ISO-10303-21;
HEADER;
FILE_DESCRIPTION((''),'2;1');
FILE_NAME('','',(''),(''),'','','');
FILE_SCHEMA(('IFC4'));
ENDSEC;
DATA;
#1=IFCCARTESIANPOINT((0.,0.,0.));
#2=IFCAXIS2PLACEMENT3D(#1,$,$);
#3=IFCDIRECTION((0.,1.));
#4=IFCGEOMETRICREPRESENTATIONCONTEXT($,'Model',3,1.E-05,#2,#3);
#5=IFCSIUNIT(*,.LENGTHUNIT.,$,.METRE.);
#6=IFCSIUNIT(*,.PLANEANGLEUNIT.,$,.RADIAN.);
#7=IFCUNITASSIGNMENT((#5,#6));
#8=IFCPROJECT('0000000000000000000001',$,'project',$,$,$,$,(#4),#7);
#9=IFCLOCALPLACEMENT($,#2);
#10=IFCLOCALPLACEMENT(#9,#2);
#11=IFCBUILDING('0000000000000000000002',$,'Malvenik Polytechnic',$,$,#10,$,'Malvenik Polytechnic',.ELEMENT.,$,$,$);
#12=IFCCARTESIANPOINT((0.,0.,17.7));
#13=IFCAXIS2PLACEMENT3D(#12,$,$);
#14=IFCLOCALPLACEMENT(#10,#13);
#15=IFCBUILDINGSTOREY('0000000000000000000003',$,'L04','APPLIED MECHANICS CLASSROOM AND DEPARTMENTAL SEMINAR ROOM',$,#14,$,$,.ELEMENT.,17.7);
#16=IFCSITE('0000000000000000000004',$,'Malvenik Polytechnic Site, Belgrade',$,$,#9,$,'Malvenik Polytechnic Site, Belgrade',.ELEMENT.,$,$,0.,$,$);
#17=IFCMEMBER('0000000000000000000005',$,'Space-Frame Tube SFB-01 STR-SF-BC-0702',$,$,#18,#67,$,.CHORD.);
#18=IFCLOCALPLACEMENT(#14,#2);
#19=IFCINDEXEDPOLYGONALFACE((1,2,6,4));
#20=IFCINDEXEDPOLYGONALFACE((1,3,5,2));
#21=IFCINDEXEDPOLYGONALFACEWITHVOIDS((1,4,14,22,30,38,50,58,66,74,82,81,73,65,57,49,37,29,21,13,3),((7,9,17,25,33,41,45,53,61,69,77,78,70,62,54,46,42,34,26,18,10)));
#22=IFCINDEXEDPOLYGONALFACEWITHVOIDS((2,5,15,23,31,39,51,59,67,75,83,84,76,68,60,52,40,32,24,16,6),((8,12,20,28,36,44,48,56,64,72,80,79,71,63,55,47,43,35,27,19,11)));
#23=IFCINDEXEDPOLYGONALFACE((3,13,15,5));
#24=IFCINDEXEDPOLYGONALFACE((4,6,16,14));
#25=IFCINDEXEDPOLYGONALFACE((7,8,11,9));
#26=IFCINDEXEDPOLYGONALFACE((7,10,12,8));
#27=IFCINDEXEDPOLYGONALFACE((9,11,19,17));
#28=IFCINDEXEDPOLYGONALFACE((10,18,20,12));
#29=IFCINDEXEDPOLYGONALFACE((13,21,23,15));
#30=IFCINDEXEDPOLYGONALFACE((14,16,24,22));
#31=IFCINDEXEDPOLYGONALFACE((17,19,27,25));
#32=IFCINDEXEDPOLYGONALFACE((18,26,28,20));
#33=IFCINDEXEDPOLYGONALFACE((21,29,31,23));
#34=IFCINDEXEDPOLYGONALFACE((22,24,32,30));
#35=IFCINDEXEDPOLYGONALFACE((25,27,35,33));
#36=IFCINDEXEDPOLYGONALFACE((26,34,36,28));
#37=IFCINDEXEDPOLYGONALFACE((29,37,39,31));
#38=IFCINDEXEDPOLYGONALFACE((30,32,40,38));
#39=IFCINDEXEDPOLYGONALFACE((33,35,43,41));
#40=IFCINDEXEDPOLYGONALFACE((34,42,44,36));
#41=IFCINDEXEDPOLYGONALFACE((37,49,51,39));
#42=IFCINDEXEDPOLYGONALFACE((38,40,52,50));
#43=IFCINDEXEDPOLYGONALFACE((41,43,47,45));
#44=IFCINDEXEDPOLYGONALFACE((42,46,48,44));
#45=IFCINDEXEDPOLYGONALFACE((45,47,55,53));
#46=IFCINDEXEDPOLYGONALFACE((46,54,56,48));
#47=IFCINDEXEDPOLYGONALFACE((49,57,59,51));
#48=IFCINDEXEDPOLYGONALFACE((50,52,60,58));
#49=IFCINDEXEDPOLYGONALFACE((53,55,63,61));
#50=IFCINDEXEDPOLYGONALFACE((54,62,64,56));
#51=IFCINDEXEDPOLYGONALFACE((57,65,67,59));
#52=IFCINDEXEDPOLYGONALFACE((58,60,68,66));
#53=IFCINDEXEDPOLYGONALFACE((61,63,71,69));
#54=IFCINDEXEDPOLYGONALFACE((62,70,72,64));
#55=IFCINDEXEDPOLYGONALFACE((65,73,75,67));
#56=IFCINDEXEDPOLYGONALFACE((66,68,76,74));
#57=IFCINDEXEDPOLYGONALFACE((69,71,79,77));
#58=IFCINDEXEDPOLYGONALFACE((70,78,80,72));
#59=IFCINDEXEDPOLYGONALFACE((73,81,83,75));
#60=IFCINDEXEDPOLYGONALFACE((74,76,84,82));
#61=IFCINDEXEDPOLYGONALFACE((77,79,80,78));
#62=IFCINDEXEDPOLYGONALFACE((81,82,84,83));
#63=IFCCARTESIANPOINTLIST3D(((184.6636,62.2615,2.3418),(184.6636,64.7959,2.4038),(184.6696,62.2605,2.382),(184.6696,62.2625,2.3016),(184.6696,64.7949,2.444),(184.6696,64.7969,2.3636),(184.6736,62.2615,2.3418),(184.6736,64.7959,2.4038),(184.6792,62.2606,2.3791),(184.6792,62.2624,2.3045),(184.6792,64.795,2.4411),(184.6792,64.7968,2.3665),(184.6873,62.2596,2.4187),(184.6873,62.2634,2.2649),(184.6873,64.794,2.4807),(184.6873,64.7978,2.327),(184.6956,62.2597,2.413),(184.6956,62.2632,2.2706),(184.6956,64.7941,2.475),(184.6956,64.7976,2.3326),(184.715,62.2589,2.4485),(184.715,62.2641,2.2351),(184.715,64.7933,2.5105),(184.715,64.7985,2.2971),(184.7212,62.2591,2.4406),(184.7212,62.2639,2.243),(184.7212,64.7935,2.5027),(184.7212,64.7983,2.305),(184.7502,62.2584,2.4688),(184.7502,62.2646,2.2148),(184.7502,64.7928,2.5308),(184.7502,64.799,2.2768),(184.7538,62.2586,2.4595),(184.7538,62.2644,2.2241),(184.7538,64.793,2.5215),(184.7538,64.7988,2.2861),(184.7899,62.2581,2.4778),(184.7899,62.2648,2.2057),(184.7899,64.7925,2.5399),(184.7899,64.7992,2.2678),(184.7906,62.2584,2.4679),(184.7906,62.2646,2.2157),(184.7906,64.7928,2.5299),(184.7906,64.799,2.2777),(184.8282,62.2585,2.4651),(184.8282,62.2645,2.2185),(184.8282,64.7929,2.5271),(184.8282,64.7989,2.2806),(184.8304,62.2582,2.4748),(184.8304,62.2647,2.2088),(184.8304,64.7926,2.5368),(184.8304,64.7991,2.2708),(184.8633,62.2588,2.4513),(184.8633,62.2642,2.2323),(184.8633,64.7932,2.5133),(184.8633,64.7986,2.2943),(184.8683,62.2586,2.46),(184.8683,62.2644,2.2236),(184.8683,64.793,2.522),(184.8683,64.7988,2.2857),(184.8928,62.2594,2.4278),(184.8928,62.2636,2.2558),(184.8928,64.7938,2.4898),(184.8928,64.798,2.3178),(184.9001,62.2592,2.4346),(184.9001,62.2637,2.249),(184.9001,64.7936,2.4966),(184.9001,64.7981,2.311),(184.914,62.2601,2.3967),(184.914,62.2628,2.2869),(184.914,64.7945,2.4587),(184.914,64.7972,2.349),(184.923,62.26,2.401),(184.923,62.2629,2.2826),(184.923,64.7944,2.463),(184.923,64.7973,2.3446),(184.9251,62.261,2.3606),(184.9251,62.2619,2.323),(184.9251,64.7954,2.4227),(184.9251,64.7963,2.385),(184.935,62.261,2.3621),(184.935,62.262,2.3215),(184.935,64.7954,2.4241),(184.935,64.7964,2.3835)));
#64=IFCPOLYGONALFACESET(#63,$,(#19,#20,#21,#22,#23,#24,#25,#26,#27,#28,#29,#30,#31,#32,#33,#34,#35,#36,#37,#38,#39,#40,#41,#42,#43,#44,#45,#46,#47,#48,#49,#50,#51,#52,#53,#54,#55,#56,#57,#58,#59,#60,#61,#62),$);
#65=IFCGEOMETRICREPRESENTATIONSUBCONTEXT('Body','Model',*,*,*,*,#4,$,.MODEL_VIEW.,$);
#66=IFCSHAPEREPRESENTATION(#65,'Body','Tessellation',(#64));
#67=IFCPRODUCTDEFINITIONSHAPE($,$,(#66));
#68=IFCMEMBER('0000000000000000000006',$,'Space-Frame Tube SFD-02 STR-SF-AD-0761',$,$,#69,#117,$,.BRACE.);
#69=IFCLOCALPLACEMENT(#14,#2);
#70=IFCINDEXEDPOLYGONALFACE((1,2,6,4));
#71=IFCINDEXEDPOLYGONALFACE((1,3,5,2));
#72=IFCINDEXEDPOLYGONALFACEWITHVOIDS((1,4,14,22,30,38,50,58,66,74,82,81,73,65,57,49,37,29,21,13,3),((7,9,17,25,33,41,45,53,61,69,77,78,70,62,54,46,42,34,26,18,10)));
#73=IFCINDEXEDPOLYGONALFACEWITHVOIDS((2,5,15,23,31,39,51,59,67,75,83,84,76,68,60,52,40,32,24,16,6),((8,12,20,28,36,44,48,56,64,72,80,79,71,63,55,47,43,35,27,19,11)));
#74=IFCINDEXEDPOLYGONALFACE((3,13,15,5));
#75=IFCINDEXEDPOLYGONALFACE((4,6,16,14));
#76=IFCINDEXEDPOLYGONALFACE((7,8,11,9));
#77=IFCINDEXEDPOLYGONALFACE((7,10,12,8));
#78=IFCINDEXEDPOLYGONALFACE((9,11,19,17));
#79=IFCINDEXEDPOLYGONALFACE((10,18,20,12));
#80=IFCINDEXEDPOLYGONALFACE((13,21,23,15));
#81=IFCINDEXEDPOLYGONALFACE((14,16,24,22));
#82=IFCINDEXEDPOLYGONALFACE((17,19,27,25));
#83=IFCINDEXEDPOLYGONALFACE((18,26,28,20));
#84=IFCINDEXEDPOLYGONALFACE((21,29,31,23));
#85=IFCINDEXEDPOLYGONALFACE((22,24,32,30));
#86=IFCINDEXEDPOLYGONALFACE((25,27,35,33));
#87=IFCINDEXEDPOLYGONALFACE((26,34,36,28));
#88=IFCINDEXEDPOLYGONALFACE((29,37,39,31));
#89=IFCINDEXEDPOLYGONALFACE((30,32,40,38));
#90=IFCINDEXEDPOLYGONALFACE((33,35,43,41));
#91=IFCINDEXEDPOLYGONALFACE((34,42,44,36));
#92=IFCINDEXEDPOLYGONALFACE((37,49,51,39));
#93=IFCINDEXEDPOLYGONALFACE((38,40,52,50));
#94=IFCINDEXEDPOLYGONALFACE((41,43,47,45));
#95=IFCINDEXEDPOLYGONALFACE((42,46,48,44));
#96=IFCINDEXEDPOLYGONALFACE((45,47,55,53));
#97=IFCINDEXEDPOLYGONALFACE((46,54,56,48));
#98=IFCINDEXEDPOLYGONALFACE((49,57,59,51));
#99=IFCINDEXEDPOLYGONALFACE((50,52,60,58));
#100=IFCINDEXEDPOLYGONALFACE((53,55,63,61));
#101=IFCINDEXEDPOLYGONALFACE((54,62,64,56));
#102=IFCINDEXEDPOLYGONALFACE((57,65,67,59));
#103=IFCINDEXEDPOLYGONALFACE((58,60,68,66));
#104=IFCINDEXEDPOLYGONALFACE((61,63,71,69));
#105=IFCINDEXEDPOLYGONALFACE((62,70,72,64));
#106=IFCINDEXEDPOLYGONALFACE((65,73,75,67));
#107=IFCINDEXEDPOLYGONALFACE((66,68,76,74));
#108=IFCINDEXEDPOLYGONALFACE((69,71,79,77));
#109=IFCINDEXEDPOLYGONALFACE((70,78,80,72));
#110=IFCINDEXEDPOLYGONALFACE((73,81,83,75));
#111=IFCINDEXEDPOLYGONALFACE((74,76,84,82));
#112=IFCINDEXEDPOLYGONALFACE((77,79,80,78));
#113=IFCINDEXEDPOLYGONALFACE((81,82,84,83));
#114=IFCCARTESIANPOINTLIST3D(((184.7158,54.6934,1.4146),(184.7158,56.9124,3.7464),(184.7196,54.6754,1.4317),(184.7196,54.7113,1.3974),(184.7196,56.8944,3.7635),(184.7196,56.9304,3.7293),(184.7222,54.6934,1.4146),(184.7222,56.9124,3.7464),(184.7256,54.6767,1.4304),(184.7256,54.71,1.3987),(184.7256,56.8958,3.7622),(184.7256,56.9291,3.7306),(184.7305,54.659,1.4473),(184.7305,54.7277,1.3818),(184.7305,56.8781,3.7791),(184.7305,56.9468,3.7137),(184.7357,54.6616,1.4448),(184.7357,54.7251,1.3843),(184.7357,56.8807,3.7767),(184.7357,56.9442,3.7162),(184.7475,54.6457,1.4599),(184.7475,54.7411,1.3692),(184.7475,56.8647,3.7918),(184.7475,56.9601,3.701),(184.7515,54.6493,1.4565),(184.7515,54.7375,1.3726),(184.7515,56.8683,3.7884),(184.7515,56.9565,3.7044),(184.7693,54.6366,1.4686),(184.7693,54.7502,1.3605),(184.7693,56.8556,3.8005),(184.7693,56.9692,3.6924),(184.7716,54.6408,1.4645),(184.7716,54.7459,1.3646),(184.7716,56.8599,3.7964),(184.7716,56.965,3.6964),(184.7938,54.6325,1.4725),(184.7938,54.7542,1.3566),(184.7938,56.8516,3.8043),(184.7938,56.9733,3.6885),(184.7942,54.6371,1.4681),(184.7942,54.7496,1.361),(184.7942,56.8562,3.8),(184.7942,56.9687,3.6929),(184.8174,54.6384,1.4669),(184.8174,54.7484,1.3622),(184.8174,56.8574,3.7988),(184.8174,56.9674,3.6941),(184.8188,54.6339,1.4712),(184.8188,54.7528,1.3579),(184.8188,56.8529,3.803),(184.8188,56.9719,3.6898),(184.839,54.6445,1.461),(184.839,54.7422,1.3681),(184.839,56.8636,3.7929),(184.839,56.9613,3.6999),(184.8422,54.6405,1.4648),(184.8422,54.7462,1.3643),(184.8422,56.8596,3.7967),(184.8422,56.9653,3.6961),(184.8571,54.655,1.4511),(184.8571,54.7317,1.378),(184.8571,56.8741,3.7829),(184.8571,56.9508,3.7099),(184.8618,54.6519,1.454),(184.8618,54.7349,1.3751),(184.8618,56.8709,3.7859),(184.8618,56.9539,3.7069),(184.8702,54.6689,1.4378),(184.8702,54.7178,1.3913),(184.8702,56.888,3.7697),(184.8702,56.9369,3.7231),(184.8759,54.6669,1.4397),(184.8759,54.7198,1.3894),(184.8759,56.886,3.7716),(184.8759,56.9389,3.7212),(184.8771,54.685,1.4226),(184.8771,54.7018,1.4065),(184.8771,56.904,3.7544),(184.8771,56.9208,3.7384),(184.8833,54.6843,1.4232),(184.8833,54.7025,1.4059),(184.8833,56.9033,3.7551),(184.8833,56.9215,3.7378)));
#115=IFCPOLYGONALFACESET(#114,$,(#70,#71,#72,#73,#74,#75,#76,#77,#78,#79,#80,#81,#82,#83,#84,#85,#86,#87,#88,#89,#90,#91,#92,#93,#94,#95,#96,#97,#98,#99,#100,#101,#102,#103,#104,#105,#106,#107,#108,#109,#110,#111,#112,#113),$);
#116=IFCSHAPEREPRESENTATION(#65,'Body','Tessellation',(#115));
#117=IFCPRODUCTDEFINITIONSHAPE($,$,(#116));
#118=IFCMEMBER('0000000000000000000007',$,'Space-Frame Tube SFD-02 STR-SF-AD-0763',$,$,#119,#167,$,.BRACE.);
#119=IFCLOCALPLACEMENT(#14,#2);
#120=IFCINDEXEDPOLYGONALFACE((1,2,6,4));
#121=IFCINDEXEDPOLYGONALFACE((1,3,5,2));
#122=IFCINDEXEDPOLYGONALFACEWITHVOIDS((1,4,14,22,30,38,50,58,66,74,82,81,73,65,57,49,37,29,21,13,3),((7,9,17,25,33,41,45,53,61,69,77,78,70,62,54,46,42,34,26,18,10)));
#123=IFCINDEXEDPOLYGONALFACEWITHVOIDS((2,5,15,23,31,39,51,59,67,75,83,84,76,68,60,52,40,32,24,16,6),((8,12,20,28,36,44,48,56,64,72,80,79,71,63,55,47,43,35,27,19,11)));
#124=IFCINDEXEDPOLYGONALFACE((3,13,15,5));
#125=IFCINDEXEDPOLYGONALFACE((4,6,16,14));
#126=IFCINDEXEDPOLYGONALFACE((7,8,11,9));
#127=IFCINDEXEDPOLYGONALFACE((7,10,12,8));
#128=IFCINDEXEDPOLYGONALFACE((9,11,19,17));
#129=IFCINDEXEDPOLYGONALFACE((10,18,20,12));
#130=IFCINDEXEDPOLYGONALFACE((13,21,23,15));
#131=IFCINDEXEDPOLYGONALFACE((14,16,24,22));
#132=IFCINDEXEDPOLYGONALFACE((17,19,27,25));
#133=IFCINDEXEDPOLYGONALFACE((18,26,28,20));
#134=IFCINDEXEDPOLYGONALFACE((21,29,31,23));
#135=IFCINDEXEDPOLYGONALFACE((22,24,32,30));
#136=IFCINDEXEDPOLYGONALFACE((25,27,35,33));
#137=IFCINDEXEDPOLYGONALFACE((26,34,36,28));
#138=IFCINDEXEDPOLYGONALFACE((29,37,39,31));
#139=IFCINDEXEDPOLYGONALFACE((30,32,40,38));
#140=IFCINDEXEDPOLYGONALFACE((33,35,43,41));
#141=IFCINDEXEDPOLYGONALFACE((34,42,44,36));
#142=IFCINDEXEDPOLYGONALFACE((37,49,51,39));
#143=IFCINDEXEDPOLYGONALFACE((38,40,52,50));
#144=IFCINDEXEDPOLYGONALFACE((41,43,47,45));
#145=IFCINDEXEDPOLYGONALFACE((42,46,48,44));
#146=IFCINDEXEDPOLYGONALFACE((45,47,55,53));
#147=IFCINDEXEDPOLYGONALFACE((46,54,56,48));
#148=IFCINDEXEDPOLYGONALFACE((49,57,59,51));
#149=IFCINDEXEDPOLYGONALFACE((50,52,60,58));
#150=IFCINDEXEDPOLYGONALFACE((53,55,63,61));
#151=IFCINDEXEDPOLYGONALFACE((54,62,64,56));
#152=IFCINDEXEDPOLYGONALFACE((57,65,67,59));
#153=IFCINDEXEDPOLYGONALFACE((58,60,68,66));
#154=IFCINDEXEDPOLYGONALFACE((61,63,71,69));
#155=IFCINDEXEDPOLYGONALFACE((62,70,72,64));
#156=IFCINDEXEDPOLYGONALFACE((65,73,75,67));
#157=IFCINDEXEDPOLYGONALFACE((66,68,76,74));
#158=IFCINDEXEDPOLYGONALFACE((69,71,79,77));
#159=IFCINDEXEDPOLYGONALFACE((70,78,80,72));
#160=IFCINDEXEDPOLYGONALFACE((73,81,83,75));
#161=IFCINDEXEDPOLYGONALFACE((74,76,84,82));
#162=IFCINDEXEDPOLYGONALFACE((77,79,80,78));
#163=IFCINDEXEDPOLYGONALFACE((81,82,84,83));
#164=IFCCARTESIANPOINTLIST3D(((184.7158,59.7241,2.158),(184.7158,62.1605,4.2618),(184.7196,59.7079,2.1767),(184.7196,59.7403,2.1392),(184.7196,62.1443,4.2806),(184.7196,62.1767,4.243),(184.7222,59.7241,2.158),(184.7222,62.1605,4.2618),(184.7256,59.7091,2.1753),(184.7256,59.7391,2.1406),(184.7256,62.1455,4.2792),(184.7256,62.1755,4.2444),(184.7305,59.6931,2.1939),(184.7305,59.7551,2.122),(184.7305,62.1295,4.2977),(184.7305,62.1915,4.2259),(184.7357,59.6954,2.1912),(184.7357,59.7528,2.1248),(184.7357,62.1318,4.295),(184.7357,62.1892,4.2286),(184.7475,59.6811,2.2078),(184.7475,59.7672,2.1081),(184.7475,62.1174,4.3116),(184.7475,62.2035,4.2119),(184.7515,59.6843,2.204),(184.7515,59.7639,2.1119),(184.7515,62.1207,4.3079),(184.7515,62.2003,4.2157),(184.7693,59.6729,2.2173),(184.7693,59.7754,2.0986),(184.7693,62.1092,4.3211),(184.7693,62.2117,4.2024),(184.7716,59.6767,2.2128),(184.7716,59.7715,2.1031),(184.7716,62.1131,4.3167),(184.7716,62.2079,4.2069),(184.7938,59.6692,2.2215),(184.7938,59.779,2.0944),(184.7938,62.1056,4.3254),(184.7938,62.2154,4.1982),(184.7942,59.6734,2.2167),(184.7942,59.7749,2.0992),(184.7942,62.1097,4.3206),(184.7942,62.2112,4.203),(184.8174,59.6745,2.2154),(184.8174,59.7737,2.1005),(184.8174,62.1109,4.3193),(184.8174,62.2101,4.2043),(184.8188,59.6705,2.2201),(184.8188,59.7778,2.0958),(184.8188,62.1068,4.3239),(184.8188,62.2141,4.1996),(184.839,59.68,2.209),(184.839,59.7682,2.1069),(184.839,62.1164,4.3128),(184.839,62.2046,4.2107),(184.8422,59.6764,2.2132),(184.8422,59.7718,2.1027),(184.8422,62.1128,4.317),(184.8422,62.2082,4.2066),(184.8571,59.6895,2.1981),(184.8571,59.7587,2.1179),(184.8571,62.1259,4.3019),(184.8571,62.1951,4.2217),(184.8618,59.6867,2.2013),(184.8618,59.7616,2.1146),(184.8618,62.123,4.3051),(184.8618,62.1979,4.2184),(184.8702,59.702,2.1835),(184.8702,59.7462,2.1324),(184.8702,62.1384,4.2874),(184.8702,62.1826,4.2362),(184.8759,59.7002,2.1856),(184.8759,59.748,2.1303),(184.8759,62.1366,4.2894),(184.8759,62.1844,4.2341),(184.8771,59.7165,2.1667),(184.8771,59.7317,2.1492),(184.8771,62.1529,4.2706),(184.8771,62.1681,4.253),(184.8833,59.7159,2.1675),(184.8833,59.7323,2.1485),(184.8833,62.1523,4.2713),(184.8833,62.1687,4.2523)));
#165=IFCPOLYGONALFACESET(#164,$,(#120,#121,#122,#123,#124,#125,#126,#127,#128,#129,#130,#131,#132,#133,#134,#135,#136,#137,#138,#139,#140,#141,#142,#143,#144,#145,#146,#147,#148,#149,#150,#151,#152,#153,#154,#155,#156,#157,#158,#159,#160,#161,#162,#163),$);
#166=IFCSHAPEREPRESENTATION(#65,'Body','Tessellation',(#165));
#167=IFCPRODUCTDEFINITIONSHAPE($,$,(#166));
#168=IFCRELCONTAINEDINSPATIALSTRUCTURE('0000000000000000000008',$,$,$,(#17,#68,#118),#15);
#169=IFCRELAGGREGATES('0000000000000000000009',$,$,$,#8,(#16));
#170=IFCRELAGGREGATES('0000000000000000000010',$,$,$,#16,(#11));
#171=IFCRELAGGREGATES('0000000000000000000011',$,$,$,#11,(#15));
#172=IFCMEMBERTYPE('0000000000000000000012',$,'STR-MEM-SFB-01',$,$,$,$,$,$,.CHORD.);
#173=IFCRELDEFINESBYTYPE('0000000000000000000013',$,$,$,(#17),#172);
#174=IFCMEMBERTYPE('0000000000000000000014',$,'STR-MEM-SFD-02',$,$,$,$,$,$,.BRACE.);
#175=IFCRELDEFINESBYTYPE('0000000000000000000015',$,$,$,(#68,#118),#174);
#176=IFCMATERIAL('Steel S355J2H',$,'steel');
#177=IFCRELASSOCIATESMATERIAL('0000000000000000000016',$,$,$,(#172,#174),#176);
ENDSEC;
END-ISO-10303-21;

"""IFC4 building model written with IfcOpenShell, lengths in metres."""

from ifc_helpers import new_model, si_unit, direction, frame, origin, origin_2d, place, context, subcontext, project, spatial, hollow_circle, extrude, material, material_profile, profile_set, type_object, element, save


model = new_model("IFC4")

# Units and contexts
model_context = context("Model", 3, precision=1e-05, world=origin(), true_north=direction((0.0, 1.0)))
body_context = subcontext(model_context, "Body", "Model", "MODEL_VIEW")
ifc_project = project(units=[si_unit("LENGTHUNIT", "METRE"), si_unit("PLANEANGLEUNIT", "RADIAN")], contexts=[model_context])

# Site, building, storey
site_placement = place(None, origin())
site = spatial("IfcSite", under=ifc_project, at=site_placement, Name="Malvenik Polytechnic Site, Belgrade", LongName="Malvenik Polytechnic Site, Belgrade", CompositionType="ELEMENT", RefElevation=0.0)
building_placement = place(site_placement, origin())
building = spatial("IfcBuilding", under=site, at=building_placement, Name="Malvenik Polytechnic", LongName="Malvenik Polytechnic", CompositionType="ELEMENT")
storey_placement = place(building_placement, frame((0.0, 0.0, 17.7)))
storey = spatial("IfcBuildingStorey", under=building, at=storey_placement, Name="L04", Description="APPLIED MECHANICS CLASSROOM AND DEPARTMENTAL SEMINAR ROOM", CompositionType="ELEMENT", Elevation=17.7)

# Members
ifc_material_1 = material(Name="Steel S355J2H", Category="steel")
ifc_material_profile_1 = material_profile(ifc_material_1, hollow_circle(Radius=0.1365, WallThickness=0.01, at=origin_2d()), Name="CHS 273.0x10.0")
ifc_profile_set_1 = profile_set([ifc_material_profile_1], Name="Steel S355J2H")
member_type_1 = type_object("IfcMemberType", Name="STR-MEM-SFB-01", PredefinedType="CHORD", material=ifc_profile_set_1)
for number, where, z_axis, x_axis, name in (
    (1, (184.8, 62.2615, 2.3418), (0.0, 0.999701, 0.02446), (-1.0, 0.0, 0.0), "Space-Frame Tube SFB-01 STR-SF-BC-0702"),
):
    element("IfcMember", number, at=place(storey_placement, frame(where, z_axis=z_axis, x_axis=x_axis)), inside=storey, type_object=member_type_1, Name=name, PredefinedType="CHORD", context=body_context, shape_type="SweptSolid", body=[
        extrude(hollow_circle(Radius=0.1365, WallThickness=0.01, at=origin_2d()), origin(), (0.0, 0.0, 1.0), 2.5352),
    ])
ifc_material_profile_2 = material_profile(ifc_material_1, hollow_circle(Radius=0.0842, WallThickness=0.0063, at=origin_2d()), Name="CHS 168.3x6.3")
ifc_profile_set_2 = profile_set([ifc_material_profile_2], Name="Steel S355J2H")
member_type_2 = type_object("IfcMemberType", Name="STR-MEM-SFD-02", PredefinedType="BRACE", material=ifc_profile_set_2)
for number, where, z_axis, x_axis, name in (
    (2, (184.8, 54.6934, 1.4146), (0.0, 0.689369, 0.72441), (-1.0, 0.0, 0.0), "Space-Frame Tube SFD-02 STR-SF-AD-0761"),
    (3, (184.8, 59.7241, 2.158), (0.0, 0.756869, 0.653567), (-1.0, 0.0, 0.0), "Space-Frame Tube SFD-02 STR-SF-AD-0763"),
):
    element("IfcMember", number, at=place(storey_placement, frame(where, z_axis=z_axis, x_axis=x_axis)), inside=storey, type_object=member_type_2, Name=name, PredefinedType="BRACE", context=body_context, shape_type="SweptSolid", body=[
        extrude(hollow_circle(Radius=0.0842, WallThickness=0.0063, at=origin_2d()), origin(), (0.0, 0.0, 1.0), 3.219),
    ])

save(model, "model.ifc")
